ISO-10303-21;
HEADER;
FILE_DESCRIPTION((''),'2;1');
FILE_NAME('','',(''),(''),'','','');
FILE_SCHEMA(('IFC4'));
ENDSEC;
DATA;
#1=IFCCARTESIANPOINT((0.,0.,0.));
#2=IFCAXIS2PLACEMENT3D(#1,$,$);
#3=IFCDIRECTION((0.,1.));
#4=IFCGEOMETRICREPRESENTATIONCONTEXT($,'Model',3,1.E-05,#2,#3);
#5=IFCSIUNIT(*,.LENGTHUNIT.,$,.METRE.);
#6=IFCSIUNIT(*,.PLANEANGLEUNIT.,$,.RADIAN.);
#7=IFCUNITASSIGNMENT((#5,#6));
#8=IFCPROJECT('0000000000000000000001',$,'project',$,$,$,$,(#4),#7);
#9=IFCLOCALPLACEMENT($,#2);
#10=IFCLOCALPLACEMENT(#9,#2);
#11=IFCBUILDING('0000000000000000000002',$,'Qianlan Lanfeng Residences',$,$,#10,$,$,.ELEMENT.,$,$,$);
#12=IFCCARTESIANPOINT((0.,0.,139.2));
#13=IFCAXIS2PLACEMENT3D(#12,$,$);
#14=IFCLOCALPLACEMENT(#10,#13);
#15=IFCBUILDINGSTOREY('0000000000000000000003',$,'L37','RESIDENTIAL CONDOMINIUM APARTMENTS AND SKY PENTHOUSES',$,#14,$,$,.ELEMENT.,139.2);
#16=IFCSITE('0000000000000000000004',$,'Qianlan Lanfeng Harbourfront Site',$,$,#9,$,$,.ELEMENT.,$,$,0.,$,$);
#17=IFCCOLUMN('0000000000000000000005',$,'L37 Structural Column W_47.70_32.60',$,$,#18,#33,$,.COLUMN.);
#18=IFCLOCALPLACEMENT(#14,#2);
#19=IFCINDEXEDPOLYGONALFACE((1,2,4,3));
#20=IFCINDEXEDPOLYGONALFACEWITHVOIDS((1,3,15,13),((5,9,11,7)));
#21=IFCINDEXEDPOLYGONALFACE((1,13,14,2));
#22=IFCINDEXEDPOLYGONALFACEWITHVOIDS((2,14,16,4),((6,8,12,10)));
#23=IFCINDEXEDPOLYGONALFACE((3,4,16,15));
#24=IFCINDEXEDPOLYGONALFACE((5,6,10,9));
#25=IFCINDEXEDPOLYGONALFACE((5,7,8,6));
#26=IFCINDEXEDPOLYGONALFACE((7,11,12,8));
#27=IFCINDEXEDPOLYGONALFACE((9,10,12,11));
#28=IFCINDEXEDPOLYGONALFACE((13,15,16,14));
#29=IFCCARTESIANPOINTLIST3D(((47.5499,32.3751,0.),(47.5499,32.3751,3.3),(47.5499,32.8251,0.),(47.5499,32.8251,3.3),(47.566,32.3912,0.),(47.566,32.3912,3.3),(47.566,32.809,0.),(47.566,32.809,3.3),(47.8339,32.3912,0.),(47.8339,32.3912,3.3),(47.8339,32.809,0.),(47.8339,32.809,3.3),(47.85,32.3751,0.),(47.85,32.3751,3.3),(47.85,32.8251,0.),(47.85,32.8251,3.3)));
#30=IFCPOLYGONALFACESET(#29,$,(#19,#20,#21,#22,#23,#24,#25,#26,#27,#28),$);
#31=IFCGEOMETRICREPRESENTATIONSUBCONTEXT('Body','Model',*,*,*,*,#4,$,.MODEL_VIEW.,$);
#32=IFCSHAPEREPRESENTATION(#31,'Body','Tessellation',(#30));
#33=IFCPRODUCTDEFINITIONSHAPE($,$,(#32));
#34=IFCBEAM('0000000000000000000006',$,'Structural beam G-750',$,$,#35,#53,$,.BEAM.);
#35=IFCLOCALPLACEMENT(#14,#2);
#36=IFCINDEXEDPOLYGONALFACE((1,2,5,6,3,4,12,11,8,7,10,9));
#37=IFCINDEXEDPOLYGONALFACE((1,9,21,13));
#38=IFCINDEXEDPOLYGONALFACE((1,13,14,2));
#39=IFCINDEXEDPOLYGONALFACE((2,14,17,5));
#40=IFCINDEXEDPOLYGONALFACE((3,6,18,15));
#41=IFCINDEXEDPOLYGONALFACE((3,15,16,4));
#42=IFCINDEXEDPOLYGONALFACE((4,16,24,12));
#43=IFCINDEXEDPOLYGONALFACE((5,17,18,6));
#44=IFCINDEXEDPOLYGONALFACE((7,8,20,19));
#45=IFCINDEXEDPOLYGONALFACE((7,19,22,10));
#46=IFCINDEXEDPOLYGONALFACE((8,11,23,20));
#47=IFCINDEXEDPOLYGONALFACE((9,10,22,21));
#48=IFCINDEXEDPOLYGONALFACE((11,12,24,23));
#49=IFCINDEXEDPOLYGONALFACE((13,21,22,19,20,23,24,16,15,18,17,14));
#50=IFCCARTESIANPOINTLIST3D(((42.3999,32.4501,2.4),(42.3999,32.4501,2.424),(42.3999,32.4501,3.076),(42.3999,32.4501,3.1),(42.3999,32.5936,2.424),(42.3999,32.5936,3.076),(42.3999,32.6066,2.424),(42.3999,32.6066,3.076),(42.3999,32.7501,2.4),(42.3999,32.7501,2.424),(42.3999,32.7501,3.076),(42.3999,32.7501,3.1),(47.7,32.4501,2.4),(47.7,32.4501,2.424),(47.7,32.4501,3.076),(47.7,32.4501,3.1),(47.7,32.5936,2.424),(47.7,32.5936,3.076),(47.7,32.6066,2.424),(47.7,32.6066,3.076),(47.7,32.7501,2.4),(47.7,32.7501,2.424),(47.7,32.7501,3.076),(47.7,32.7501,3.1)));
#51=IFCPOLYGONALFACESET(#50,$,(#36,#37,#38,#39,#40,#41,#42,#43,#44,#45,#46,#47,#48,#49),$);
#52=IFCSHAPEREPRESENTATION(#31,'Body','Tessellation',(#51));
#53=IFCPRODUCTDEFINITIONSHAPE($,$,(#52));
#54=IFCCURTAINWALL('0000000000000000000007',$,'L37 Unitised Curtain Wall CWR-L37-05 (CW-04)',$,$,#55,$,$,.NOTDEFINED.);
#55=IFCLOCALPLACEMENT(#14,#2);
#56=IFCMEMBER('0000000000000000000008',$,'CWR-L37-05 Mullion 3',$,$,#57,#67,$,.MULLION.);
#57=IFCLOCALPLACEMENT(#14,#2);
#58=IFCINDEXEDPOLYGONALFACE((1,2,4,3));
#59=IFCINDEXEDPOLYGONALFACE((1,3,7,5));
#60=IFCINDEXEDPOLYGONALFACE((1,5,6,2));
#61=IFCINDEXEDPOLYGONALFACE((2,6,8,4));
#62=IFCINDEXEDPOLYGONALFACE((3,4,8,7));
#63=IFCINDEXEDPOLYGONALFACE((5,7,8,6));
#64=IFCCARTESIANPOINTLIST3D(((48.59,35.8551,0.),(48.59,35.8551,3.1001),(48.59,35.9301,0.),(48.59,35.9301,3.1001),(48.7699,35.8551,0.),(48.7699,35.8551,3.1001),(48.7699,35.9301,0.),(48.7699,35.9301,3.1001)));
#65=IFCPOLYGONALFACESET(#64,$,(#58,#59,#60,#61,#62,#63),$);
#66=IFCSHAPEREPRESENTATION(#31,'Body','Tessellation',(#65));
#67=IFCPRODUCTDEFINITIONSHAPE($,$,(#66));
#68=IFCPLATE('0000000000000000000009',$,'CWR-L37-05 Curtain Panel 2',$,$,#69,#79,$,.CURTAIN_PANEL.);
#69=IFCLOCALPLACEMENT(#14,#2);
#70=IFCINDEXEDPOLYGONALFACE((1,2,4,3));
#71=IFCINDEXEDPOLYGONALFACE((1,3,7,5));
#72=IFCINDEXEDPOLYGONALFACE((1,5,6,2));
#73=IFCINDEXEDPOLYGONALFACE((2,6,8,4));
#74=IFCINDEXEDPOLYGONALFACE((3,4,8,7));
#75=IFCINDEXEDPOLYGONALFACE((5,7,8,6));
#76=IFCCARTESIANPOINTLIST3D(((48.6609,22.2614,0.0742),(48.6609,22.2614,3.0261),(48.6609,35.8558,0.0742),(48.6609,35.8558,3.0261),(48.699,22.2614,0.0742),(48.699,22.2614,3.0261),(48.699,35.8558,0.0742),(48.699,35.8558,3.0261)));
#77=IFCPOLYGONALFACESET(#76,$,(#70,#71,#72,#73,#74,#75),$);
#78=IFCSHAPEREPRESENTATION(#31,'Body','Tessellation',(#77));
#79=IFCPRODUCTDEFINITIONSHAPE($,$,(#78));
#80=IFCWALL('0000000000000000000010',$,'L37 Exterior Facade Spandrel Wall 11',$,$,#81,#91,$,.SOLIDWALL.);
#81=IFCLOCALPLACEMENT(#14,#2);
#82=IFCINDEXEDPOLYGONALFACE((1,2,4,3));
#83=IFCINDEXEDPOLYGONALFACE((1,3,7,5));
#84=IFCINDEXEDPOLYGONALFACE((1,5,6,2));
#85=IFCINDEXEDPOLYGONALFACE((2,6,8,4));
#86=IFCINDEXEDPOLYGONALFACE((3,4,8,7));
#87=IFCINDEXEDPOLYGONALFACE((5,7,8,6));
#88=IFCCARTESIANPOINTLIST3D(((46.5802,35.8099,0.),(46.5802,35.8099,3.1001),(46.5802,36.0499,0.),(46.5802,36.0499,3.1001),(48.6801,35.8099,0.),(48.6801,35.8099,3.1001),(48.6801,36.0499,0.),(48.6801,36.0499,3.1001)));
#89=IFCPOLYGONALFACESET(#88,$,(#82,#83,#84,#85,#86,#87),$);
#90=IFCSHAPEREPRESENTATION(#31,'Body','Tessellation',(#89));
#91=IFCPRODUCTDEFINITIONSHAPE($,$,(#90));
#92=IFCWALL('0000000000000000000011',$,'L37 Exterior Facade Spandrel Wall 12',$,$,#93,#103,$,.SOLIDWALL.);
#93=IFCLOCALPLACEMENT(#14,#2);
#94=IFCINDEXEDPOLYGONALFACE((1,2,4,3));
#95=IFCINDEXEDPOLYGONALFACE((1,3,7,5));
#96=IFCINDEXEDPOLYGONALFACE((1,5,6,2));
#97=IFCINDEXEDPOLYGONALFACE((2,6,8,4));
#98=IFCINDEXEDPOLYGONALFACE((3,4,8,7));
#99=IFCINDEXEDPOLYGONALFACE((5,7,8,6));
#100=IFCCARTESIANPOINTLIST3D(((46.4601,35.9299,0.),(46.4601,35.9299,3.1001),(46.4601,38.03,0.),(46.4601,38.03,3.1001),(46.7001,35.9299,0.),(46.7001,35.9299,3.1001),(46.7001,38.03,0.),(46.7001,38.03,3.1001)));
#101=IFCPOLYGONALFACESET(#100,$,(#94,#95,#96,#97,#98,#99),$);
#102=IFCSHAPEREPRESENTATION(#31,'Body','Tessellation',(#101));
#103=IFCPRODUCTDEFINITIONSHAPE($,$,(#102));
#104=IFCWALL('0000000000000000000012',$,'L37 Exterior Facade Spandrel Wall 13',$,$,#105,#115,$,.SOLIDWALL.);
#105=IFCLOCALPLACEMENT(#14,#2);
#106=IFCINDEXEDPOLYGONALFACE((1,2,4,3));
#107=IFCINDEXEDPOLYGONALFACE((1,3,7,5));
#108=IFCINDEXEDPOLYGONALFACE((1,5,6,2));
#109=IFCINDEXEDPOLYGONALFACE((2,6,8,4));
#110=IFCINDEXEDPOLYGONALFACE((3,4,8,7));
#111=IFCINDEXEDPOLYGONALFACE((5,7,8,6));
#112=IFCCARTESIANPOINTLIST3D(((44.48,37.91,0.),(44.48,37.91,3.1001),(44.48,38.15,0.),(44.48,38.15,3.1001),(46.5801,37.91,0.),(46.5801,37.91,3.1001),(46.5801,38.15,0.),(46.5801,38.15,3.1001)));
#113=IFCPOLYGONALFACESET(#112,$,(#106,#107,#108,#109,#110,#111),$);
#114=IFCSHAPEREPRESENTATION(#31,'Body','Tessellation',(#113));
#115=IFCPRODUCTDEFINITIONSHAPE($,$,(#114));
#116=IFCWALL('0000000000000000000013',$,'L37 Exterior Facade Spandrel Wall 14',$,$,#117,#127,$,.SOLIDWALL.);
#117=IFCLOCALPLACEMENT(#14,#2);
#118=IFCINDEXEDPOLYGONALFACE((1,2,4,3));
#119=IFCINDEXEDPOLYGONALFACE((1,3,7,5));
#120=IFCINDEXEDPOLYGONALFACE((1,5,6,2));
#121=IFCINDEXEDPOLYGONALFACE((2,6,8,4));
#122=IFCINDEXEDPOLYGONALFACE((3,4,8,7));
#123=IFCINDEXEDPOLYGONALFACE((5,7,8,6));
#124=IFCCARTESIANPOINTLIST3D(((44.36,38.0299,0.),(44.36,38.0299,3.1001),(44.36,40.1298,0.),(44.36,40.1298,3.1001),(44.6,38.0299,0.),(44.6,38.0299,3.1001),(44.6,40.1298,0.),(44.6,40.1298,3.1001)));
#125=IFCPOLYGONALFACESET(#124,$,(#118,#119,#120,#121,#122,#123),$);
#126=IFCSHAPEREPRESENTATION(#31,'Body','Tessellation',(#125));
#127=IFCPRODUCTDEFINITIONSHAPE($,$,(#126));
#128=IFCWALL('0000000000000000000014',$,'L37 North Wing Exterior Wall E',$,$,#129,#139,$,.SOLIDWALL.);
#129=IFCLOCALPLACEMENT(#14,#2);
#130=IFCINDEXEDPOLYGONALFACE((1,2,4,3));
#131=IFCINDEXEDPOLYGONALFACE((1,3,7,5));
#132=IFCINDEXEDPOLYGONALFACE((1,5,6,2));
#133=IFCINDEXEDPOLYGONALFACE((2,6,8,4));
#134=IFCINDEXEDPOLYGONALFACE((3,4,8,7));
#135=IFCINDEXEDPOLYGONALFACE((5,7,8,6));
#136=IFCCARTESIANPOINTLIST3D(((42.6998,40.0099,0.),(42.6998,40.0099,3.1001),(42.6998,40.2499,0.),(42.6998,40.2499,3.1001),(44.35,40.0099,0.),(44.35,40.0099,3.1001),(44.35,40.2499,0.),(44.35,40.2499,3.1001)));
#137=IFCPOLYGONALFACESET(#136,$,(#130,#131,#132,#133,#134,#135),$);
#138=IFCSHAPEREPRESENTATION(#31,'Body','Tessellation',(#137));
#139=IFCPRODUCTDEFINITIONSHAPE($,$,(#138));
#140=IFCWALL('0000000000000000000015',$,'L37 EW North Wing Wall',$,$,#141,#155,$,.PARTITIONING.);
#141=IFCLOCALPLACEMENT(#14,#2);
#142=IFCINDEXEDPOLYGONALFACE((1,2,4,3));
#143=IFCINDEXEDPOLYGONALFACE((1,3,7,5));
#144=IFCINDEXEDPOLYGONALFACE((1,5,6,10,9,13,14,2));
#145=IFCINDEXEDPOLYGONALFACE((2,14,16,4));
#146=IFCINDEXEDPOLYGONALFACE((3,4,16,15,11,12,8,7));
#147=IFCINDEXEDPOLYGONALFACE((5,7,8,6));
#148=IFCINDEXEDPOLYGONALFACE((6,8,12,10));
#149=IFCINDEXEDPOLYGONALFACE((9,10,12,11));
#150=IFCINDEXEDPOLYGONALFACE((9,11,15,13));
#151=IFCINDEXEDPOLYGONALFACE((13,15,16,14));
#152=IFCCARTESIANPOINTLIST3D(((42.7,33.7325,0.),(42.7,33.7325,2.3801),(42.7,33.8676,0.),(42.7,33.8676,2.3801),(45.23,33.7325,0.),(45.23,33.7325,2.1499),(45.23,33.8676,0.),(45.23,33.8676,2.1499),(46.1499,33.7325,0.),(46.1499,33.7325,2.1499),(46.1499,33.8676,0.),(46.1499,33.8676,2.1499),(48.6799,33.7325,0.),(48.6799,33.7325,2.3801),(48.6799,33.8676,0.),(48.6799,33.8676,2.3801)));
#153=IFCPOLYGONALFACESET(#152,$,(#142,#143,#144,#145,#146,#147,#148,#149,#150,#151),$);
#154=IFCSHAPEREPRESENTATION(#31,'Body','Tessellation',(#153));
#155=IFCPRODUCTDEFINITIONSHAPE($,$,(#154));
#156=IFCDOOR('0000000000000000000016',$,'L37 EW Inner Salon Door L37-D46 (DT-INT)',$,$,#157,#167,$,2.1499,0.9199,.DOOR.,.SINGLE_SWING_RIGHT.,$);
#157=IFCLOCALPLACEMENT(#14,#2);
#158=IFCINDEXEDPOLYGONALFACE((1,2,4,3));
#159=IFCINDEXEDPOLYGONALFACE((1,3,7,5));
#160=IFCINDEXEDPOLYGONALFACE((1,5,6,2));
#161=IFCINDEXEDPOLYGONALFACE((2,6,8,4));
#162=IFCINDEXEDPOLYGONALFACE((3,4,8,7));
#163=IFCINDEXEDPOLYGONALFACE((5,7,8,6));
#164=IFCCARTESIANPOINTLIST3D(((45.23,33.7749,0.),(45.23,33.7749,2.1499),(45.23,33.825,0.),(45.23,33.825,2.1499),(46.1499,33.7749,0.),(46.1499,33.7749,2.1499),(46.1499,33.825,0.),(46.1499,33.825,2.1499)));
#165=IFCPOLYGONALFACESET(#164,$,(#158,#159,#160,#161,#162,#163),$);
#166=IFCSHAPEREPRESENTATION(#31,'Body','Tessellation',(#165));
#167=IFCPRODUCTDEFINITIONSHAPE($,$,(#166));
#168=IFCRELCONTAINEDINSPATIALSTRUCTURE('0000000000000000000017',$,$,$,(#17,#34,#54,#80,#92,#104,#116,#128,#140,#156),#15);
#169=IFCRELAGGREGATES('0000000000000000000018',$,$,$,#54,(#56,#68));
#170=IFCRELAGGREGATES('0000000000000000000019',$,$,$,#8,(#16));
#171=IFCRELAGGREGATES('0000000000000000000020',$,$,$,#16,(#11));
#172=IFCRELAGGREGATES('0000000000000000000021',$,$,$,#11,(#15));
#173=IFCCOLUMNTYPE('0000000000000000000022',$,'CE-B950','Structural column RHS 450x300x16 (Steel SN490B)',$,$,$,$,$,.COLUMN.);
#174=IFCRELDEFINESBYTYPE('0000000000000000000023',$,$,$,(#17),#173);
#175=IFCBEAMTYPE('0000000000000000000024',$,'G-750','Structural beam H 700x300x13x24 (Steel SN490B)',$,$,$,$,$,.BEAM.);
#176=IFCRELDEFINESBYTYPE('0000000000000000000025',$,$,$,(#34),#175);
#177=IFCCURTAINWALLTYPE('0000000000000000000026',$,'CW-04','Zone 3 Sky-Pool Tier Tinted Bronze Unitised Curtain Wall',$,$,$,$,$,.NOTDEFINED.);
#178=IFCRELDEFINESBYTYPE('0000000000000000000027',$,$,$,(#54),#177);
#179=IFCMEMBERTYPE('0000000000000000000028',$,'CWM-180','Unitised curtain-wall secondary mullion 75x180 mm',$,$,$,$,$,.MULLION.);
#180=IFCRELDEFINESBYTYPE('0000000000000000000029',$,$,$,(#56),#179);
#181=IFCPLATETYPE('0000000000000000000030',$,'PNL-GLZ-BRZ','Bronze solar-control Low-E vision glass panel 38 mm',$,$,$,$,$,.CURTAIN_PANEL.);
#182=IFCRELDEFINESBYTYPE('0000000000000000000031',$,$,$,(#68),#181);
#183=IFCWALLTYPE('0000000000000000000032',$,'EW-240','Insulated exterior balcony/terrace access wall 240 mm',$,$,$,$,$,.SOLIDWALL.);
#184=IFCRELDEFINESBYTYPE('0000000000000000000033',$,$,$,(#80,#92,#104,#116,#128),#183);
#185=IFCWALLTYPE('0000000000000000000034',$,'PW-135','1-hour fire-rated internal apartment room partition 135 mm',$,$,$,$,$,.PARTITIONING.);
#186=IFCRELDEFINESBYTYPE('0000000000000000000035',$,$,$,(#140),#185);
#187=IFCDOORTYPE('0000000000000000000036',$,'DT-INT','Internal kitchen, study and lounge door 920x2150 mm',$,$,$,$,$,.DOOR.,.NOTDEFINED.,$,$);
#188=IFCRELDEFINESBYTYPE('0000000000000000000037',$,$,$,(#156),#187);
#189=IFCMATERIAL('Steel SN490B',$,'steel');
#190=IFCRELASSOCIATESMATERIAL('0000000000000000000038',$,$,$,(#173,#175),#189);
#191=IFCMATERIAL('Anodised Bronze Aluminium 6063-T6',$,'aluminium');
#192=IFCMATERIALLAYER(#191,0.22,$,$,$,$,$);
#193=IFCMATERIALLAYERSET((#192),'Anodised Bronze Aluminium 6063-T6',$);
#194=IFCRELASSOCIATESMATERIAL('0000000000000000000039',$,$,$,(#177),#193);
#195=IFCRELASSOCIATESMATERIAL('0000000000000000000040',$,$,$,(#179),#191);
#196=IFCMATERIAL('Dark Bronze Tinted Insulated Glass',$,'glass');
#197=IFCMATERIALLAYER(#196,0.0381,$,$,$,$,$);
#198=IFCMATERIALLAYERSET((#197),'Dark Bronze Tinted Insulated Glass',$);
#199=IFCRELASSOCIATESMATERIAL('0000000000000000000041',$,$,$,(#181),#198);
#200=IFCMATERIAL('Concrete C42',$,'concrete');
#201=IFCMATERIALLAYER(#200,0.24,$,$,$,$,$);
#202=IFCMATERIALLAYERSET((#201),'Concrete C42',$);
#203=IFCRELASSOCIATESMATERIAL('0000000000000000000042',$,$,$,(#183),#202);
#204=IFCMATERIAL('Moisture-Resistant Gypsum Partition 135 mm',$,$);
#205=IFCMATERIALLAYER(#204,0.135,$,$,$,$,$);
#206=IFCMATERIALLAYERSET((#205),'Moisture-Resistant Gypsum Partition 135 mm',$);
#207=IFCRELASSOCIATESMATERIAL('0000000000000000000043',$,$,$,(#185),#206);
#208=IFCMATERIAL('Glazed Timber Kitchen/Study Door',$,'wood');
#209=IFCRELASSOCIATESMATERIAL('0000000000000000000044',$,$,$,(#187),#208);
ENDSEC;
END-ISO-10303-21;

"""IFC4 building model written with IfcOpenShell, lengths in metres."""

from ifc_helpers import new_model, si_unit, direction, frame, frame_2d, origin, origin_2d, place, context, subcontext, project, spatial, rectangle, hollow_rectangle, i_section, extrude, source, transform, mapped, material, layer, layer_set, material_profile, profile_set, type_object, element, fill, aggregate, save


model = new_model("IFC4")

# Units and contexts
model_context = context("Model", 3, precision=1e-05, world=origin(), true_north=direction((0.0, 1.0)))
body_context = subcontext(model_context, "Body", "Model", "MODEL_VIEW")
ifc_project = project(units=[si_unit("LENGTHUNIT", "METRE"), si_unit("PLANEANGLEUNIT", "RADIAN")], contexts=[model_context])

# Site, building, storey
site_placement = place(None, origin())
site = spatial("IfcSite", under=ifc_project, at=site_placement, Name="Qianlan Lanfeng Harbourfront Site", CompositionType="ELEMENT", RefElevation=0.0)
building_placement = place(site_placement, origin())
building = spatial("IfcBuilding", under=site, at=building_placement, Name="Qianlan Lanfeng Residences", CompositionType="ELEMENT")
storey_placement = place(building_placement, frame((0.0, 0.0, 139.2)))
storey = spatial("IfcBuildingStorey", under=building, at=storey_placement, Name="L37", Description="RESIDENTIAL CONDOMINIUM APARTMENTS AND SKY PENTHOUSES", CompositionType="ELEMENT", Elevation=139.2)

# Column
ifc_material_1 = material(Name="Steel SN490B", Category="steel")
ifc_material_profile_1 = material_profile(ifc_material_1, hollow_rectangle(XDim=0.3, YDim=0.45, WallThickness=0.0161, at=origin_2d()), Name="RHS 450x300x16")
ifc_profile_set_1 = profile_set([ifc_material_profile_1], Name="Steel SN490B")
column_type = type_object("IfcColumnType", Name="CE-B950", Description="Structural column RHS 450x300x16 (Steel SN490B)", PredefinedType="COLUMN", material=ifc_profile_set_1)
column_placement = place(storey_placement, frame((47.7, 32.6001, 0.0), z_axis=(0.0, 0.0, 1.0), x_axis=(1.0, 0.0, 0.0)))
element("IfcColumn", 1, at=column_placement, inside=storey, type_object=column_type, Name="L37 Structural Column W_47.70_32.60", PredefinedType="COLUMN", context=body_context, shape_type="SweptSolid", body=[
    extrude(hollow_rectangle(XDim=0.3, YDim=0.45, WallThickness=0.0161, at=origin_2d()), origin(), (0.0, 0.0, 1.0), 3.3),
])

# Beam
ifc_material_profile_2 = material_profile(ifc_material_1, i_section(OverallWidth=0.3, OverallDepth=0.7, WebThickness=0.0129, FlangeThickness=0.0239, at=origin_2d()), Name="H 700x300x13x24")
ifc_profile_set_2 = profile_set([ifc_material_profile_2], Name="Steel SN490B")
beam_type = type_object("IfcBeamType", Name="G-750", Description="Structural beam H 700x300x13x24 (Steel SN490B)", PredefinedType="BEAM", material=ifc_profile_set_2)
beam_placement = place(storey_placement, frame((42.3999, 32.6001, 2.75), z_axis=(1.0, 0.0, 0.0), x_axis=(0.0, 1.0, 0.0)))
element("IfcBeam", 2, at=beam_placement, inside=storey, type_object=beam_type, Name="Structural beam G-750", PredefinedType="BEAM", context=body_context, shape_type="SweptSolid", body=[
    extrude(i_section(OverallWidth=0.3, OverallDepth=0.7, WebThickness=0.0129, FlangeThickness=0.0239, at=origin_2d()), origin(), (0.0, 0.0, 1.0), 5.3),
])

# Curtain wall, member, plate
ifc_material_2 = material(Name="Anodised Bronze Aluminium 6063-T6", Category="aluminium")
ifc_layer_1 = layer(ifc_material_2, 0.22)
ifc_layer_set_1 = layer_set([ifc_layer_1], Name="Anodised Bronze Aluminium 6063-T6")
curtain_wall_type = type_object("IfcCurtainWallType", Name="CW-04", Description="Zone 3 Sky-Pool Tier Tinted Bronze Unitised Curtain Wall", PredefinedType="NOTDEFINED", material=ifc_layer_set_1)
curtain_wall_placement = place(storey_placement, origin())
curtain_wall = element("IfcCurtainWall", 3, at=curtain_wall_placement, inside=storey, type_object=curtain_wall_type, Name="L37 Unitised Curtain Wall CWR-L37-05 (CW-04)", PredefinedType="NOTDEFINED")
ifc_material_profile_3 = material_profile(ifc_material_2, rectangle(XDim=0.075, YDim=0.1799, at=origin_2d()), Name="ALU MULLION 75x180")
ifc_profile_set_3 = profile_set([ifc_material_profile_3], Name="Anodised Bronze Aluminium 6063-T6")
member_type = type_object("IfcMemberType", Name="CWM-180", Description="Unitised curtain-wall secondary mullion 75x180 mm", PredefinedType="MULLION", material=ifc_profile_set_3)
shared_shape_1 = source(origin(), body_context, "Body", "SweptSolid", [
    extrude(rectangle(XDim=0.075, YDim=0.1799, at=origin_2d()), origin(), (0.0, 0.0, 1.0), 3.1001),
])
member_placement = place(storey_placement, frame((48.6799, 35.8926, 0.0), z_axis=(0.0, 0.0, 1.0), x_axis=(0.0, 1.0, 0.0)))
member = element("IfcMember", 4, at=member_placement, type_object=member_type, Name="CWR-L37-05 Mullion 3", PredefinedType="MULLION", context=body_context, shape_type="MappedRepresentation", body=[
    mapped(shared_shape_1, transform((0.0, 0.0, 0.0), scale=1.0)),
])
ifc_material_3 = material(Name="Dark Bronze Tinted Insulated Glass", Category="glass")
ifc_layer_2 = layer(ifc_material_3, 0.0381)
ifc_layer_set_2 = layer_set([ifc_layer_2], Name="Dark Bronze Tinted Insulated Glass")
plate_type = type_object("IfcPlateType", Name="PNL-GLZ-BRZ", Description="Bronze solar-control Low-E vision glass panel 38 mm", PredefinedType="CURTAIN_PANEL", material=ifc_layer_set_2)
shared_shape_2 = source(origin(), body_context, "Body", "SweptSolid", [
    extrude(rectangle(XDim=13.5945, YDim=0.0381, at=origin_2d()), origin(), (0.0, 0.0, 1.0), 2.9519),
])
plate_placement = place(storey_placement, frame((48.6799, 29.0586, 0.0742), z_axis=(0.0, 0.0, 1.0), x_axis=(0.0, 1.0, 0.0)))
plate = element("IfcPlate", 5, at=plate_placement, type_object=plate_type, Name="CWR-L37-05 Curtain Panel 2", PredefinedType="CURTAIN_PANEL", context=body_context, shape_type="MappedRepresentation", body=[
    mapped(shared_shape_2, transform((0.0, 0.0, 0.0), scale=1.0)),
])
aggregate(curtain_wall, [member, plate])

# Walls
ifc_material_4 = material(Name="Concrete C42", Category="concrete")
ifc_layer_3 = layer(ifc_material_4, 0.24)
ifc_layer_set_3 = layer_set([ifc_layer_3], Name="Concrete C42")
wall_type_1 = type_object("IfcWallType", Name="EW-240", Description="Insulated exterior balcony/terrace access wall 240 mm", PredefinedType="SOLIDWALL", material=ifc_layer_set_3)
wall_1_placement = place(storey_placement, frame((48.6799, 35.9299, 0.0), z_axis=(0.0, 0.0, 1.0), x_axis=(-1.0, 0.0, 0.0)))
element("IfcWall", 6, at=wall_1_placement, inside=storey, type_object=wall_type_1, Name="L37 Exterior Facade Spandrel Wall 11", PredefinedType="SOLIDWALL", context=body_context, shape_type="SweptSolid", body=[
    extrude(rectangle(XDim=2.0999, YDim=0.24, at=frame_2d((1.0498, 0.0))), origin(), (0.0, 0.0, 1.0), 3.1001),
])
for number, where, z_axis, x_axis, name in (
    (7, (46.5801, 35.9299, 0.0), (0.0, 0.0, 1.0), (0.0, 1.0, 0.0), "L37 Exterior Facade Spandrel Wall 12"),
    (8, (46.5801, 38.03, 0.0), (0.0, 0.0, 1.0), (-1.0, 0.0, 0.0), "L37 Exterior Facade Spandrel Wall 13"),
):
    element("IfcWall", number, at=place(storey_placement, frame(where, z_axis=z_axis, x_axis=x_axis)), inside=storey, type_object=wall_type_1, Name=name, PredefinedType="SOLIDWALL", context=body_context, shape_type="SweptSolid", body=[
        extrude(rectangle(XDim=2.1001, YDim=0.24, at=frame_2d((1.05, 0.0))), origin(), (0.0, 0.0, 1.0), 3.1001),
    ])
wall_2_placement = place(storey_placement, frame((44.48, 38.03, 0.0), z_axis=(0.0, 0.0, 1.0), x_axis=(0.0, 1.0, 0.0)))
element("IfcWall", 9, at=wall_2_placement, inside=storey, type_object=wall_type_1, Name="L37 Exterior Facade Spandrel Wall 14", PredefinedType="SOLIDWALL", context=body_context, shape_type="SweptSolid", body=[
    extrude(rectangle(XDim=2.0999, YDim=0.24, at=frame_2d((1.0498, 0.0))), origin(), (0.0, 0.0, 1.0), 3.1001),
])
wall_3_placement = place(storey_placement, frame((44.3501, 40.1299, 0.0), z_axis=(0.0, 0.0, 1.0), x_axis=(-1.0, 0.0, 0.0)))
element("IfcWall", 10, at=wall_3_placement, inside=storey, type_object=wall_type_1, Name="L37 North Wing Exterior Wall E", PredefinedType="SOLIDWALL", context=body_context, shape_type="SweptSolid", body=[
    extrude(rectangle(XDim=1.6501, YDim=0.24, at=frame_2d((0.8252, 0.0))), origin(), (0.0, 0.0, 1.0), 3.1001),
])

# Wall, opening, door
ifc_material_5 = material(Name="Moisture-Resistant Gypsum Partition 135 mm")
ifc_layer_4 = layer(ifc_material_5, 0.135)
ifc_layer_set_4 = layer_set([ifc_layer_4], Name="Moisture-Resistant Gypsum Partition 135 mm")
wall_type_2 = type_object("IfcWallType", Name="PW-135", Description="1-hour fire-rated internal apartment room partition 135 mm", PredefinedType="PARTITIONING", material=ifc_layer_set_4)
wall_4_placement = place(storey_placement, frame((42.7, 33.8, 0.0), z_axis=(0.0, 0.0, 1.0), x_axis=(1.0, 0.0, 0.0)))
wall_4 = element("IfcWall", 11, at=wall_4_placement, inside=storey, type_object=wall_type_2, Name="L37 EW North Wing Wall", PredefinedType="PARTITIONING", context=body_context, shape_type="SweptSolid", body=[
    extrude(rectangle(XDim=5.98, YDim=0.135, at=frame_2d((2.99, 0.0))), origin(), (0.0, 0.0, 1.0), 2.3801),
])
opening_placement = place(wall_4_placement, frame((2.53, 0.0, 0.0)))
opening = element("IfcOpeningElement", 12, at=opening_placement, cuts=wall_4, PredefinedType="OPENING", context=body_context, shape_type="SweptSolid", body=[
    extrude(rectangle(XDim=0.9199, YDim=2.1499, at=frame_2d((0.46, 1.075))), frame((0.0, 0.0776, 0.0), z_axis=(0.0, -1.0, 0.0), x_axis=(1.0, 0.0, 0.0)), (0.0, 0.0, 1.0), 0.155),
])
ifc_material_6 = material(Name="Glazed Timber Kitchen/Study Door", Category="wood")
door_type = type_object("IfcDoorType", Name="DT-INT", Description="Internal kitchen, study and lounge door 920x2150 mm", OperationType="NOTDEFINED", PredefinedType="DOOR", material=ifc_material_6)
door_placement = place(opening_placement, origin())
door = element("IfcDoor", 13, at=door_placement, inside=storey, type_object=door_type, Name="L37 EW Inner Salon Door L37-D46 (DT-INT)", OperationType="SINGLE_SWING_RIGHT", OverallHeight=2.1499, OverallWidth=0.9199, PredefinedType="DOOR", context=body_context, shape_type="SweptSolid", body=[
    extrude(rectangle(XDim=0.9199, YDim=2.1499, at=frame_2d((0.46, 1.075))), frame((0.0, 0.0249, 0.0), z_axis=(0.0, -1.0, 0.0), x_axis=(1.0, 0.0, 0.0)), (0.0, 0.0, 1.0), 0.05),
])
fill(opening, door)

save(model, "model.ifc")
